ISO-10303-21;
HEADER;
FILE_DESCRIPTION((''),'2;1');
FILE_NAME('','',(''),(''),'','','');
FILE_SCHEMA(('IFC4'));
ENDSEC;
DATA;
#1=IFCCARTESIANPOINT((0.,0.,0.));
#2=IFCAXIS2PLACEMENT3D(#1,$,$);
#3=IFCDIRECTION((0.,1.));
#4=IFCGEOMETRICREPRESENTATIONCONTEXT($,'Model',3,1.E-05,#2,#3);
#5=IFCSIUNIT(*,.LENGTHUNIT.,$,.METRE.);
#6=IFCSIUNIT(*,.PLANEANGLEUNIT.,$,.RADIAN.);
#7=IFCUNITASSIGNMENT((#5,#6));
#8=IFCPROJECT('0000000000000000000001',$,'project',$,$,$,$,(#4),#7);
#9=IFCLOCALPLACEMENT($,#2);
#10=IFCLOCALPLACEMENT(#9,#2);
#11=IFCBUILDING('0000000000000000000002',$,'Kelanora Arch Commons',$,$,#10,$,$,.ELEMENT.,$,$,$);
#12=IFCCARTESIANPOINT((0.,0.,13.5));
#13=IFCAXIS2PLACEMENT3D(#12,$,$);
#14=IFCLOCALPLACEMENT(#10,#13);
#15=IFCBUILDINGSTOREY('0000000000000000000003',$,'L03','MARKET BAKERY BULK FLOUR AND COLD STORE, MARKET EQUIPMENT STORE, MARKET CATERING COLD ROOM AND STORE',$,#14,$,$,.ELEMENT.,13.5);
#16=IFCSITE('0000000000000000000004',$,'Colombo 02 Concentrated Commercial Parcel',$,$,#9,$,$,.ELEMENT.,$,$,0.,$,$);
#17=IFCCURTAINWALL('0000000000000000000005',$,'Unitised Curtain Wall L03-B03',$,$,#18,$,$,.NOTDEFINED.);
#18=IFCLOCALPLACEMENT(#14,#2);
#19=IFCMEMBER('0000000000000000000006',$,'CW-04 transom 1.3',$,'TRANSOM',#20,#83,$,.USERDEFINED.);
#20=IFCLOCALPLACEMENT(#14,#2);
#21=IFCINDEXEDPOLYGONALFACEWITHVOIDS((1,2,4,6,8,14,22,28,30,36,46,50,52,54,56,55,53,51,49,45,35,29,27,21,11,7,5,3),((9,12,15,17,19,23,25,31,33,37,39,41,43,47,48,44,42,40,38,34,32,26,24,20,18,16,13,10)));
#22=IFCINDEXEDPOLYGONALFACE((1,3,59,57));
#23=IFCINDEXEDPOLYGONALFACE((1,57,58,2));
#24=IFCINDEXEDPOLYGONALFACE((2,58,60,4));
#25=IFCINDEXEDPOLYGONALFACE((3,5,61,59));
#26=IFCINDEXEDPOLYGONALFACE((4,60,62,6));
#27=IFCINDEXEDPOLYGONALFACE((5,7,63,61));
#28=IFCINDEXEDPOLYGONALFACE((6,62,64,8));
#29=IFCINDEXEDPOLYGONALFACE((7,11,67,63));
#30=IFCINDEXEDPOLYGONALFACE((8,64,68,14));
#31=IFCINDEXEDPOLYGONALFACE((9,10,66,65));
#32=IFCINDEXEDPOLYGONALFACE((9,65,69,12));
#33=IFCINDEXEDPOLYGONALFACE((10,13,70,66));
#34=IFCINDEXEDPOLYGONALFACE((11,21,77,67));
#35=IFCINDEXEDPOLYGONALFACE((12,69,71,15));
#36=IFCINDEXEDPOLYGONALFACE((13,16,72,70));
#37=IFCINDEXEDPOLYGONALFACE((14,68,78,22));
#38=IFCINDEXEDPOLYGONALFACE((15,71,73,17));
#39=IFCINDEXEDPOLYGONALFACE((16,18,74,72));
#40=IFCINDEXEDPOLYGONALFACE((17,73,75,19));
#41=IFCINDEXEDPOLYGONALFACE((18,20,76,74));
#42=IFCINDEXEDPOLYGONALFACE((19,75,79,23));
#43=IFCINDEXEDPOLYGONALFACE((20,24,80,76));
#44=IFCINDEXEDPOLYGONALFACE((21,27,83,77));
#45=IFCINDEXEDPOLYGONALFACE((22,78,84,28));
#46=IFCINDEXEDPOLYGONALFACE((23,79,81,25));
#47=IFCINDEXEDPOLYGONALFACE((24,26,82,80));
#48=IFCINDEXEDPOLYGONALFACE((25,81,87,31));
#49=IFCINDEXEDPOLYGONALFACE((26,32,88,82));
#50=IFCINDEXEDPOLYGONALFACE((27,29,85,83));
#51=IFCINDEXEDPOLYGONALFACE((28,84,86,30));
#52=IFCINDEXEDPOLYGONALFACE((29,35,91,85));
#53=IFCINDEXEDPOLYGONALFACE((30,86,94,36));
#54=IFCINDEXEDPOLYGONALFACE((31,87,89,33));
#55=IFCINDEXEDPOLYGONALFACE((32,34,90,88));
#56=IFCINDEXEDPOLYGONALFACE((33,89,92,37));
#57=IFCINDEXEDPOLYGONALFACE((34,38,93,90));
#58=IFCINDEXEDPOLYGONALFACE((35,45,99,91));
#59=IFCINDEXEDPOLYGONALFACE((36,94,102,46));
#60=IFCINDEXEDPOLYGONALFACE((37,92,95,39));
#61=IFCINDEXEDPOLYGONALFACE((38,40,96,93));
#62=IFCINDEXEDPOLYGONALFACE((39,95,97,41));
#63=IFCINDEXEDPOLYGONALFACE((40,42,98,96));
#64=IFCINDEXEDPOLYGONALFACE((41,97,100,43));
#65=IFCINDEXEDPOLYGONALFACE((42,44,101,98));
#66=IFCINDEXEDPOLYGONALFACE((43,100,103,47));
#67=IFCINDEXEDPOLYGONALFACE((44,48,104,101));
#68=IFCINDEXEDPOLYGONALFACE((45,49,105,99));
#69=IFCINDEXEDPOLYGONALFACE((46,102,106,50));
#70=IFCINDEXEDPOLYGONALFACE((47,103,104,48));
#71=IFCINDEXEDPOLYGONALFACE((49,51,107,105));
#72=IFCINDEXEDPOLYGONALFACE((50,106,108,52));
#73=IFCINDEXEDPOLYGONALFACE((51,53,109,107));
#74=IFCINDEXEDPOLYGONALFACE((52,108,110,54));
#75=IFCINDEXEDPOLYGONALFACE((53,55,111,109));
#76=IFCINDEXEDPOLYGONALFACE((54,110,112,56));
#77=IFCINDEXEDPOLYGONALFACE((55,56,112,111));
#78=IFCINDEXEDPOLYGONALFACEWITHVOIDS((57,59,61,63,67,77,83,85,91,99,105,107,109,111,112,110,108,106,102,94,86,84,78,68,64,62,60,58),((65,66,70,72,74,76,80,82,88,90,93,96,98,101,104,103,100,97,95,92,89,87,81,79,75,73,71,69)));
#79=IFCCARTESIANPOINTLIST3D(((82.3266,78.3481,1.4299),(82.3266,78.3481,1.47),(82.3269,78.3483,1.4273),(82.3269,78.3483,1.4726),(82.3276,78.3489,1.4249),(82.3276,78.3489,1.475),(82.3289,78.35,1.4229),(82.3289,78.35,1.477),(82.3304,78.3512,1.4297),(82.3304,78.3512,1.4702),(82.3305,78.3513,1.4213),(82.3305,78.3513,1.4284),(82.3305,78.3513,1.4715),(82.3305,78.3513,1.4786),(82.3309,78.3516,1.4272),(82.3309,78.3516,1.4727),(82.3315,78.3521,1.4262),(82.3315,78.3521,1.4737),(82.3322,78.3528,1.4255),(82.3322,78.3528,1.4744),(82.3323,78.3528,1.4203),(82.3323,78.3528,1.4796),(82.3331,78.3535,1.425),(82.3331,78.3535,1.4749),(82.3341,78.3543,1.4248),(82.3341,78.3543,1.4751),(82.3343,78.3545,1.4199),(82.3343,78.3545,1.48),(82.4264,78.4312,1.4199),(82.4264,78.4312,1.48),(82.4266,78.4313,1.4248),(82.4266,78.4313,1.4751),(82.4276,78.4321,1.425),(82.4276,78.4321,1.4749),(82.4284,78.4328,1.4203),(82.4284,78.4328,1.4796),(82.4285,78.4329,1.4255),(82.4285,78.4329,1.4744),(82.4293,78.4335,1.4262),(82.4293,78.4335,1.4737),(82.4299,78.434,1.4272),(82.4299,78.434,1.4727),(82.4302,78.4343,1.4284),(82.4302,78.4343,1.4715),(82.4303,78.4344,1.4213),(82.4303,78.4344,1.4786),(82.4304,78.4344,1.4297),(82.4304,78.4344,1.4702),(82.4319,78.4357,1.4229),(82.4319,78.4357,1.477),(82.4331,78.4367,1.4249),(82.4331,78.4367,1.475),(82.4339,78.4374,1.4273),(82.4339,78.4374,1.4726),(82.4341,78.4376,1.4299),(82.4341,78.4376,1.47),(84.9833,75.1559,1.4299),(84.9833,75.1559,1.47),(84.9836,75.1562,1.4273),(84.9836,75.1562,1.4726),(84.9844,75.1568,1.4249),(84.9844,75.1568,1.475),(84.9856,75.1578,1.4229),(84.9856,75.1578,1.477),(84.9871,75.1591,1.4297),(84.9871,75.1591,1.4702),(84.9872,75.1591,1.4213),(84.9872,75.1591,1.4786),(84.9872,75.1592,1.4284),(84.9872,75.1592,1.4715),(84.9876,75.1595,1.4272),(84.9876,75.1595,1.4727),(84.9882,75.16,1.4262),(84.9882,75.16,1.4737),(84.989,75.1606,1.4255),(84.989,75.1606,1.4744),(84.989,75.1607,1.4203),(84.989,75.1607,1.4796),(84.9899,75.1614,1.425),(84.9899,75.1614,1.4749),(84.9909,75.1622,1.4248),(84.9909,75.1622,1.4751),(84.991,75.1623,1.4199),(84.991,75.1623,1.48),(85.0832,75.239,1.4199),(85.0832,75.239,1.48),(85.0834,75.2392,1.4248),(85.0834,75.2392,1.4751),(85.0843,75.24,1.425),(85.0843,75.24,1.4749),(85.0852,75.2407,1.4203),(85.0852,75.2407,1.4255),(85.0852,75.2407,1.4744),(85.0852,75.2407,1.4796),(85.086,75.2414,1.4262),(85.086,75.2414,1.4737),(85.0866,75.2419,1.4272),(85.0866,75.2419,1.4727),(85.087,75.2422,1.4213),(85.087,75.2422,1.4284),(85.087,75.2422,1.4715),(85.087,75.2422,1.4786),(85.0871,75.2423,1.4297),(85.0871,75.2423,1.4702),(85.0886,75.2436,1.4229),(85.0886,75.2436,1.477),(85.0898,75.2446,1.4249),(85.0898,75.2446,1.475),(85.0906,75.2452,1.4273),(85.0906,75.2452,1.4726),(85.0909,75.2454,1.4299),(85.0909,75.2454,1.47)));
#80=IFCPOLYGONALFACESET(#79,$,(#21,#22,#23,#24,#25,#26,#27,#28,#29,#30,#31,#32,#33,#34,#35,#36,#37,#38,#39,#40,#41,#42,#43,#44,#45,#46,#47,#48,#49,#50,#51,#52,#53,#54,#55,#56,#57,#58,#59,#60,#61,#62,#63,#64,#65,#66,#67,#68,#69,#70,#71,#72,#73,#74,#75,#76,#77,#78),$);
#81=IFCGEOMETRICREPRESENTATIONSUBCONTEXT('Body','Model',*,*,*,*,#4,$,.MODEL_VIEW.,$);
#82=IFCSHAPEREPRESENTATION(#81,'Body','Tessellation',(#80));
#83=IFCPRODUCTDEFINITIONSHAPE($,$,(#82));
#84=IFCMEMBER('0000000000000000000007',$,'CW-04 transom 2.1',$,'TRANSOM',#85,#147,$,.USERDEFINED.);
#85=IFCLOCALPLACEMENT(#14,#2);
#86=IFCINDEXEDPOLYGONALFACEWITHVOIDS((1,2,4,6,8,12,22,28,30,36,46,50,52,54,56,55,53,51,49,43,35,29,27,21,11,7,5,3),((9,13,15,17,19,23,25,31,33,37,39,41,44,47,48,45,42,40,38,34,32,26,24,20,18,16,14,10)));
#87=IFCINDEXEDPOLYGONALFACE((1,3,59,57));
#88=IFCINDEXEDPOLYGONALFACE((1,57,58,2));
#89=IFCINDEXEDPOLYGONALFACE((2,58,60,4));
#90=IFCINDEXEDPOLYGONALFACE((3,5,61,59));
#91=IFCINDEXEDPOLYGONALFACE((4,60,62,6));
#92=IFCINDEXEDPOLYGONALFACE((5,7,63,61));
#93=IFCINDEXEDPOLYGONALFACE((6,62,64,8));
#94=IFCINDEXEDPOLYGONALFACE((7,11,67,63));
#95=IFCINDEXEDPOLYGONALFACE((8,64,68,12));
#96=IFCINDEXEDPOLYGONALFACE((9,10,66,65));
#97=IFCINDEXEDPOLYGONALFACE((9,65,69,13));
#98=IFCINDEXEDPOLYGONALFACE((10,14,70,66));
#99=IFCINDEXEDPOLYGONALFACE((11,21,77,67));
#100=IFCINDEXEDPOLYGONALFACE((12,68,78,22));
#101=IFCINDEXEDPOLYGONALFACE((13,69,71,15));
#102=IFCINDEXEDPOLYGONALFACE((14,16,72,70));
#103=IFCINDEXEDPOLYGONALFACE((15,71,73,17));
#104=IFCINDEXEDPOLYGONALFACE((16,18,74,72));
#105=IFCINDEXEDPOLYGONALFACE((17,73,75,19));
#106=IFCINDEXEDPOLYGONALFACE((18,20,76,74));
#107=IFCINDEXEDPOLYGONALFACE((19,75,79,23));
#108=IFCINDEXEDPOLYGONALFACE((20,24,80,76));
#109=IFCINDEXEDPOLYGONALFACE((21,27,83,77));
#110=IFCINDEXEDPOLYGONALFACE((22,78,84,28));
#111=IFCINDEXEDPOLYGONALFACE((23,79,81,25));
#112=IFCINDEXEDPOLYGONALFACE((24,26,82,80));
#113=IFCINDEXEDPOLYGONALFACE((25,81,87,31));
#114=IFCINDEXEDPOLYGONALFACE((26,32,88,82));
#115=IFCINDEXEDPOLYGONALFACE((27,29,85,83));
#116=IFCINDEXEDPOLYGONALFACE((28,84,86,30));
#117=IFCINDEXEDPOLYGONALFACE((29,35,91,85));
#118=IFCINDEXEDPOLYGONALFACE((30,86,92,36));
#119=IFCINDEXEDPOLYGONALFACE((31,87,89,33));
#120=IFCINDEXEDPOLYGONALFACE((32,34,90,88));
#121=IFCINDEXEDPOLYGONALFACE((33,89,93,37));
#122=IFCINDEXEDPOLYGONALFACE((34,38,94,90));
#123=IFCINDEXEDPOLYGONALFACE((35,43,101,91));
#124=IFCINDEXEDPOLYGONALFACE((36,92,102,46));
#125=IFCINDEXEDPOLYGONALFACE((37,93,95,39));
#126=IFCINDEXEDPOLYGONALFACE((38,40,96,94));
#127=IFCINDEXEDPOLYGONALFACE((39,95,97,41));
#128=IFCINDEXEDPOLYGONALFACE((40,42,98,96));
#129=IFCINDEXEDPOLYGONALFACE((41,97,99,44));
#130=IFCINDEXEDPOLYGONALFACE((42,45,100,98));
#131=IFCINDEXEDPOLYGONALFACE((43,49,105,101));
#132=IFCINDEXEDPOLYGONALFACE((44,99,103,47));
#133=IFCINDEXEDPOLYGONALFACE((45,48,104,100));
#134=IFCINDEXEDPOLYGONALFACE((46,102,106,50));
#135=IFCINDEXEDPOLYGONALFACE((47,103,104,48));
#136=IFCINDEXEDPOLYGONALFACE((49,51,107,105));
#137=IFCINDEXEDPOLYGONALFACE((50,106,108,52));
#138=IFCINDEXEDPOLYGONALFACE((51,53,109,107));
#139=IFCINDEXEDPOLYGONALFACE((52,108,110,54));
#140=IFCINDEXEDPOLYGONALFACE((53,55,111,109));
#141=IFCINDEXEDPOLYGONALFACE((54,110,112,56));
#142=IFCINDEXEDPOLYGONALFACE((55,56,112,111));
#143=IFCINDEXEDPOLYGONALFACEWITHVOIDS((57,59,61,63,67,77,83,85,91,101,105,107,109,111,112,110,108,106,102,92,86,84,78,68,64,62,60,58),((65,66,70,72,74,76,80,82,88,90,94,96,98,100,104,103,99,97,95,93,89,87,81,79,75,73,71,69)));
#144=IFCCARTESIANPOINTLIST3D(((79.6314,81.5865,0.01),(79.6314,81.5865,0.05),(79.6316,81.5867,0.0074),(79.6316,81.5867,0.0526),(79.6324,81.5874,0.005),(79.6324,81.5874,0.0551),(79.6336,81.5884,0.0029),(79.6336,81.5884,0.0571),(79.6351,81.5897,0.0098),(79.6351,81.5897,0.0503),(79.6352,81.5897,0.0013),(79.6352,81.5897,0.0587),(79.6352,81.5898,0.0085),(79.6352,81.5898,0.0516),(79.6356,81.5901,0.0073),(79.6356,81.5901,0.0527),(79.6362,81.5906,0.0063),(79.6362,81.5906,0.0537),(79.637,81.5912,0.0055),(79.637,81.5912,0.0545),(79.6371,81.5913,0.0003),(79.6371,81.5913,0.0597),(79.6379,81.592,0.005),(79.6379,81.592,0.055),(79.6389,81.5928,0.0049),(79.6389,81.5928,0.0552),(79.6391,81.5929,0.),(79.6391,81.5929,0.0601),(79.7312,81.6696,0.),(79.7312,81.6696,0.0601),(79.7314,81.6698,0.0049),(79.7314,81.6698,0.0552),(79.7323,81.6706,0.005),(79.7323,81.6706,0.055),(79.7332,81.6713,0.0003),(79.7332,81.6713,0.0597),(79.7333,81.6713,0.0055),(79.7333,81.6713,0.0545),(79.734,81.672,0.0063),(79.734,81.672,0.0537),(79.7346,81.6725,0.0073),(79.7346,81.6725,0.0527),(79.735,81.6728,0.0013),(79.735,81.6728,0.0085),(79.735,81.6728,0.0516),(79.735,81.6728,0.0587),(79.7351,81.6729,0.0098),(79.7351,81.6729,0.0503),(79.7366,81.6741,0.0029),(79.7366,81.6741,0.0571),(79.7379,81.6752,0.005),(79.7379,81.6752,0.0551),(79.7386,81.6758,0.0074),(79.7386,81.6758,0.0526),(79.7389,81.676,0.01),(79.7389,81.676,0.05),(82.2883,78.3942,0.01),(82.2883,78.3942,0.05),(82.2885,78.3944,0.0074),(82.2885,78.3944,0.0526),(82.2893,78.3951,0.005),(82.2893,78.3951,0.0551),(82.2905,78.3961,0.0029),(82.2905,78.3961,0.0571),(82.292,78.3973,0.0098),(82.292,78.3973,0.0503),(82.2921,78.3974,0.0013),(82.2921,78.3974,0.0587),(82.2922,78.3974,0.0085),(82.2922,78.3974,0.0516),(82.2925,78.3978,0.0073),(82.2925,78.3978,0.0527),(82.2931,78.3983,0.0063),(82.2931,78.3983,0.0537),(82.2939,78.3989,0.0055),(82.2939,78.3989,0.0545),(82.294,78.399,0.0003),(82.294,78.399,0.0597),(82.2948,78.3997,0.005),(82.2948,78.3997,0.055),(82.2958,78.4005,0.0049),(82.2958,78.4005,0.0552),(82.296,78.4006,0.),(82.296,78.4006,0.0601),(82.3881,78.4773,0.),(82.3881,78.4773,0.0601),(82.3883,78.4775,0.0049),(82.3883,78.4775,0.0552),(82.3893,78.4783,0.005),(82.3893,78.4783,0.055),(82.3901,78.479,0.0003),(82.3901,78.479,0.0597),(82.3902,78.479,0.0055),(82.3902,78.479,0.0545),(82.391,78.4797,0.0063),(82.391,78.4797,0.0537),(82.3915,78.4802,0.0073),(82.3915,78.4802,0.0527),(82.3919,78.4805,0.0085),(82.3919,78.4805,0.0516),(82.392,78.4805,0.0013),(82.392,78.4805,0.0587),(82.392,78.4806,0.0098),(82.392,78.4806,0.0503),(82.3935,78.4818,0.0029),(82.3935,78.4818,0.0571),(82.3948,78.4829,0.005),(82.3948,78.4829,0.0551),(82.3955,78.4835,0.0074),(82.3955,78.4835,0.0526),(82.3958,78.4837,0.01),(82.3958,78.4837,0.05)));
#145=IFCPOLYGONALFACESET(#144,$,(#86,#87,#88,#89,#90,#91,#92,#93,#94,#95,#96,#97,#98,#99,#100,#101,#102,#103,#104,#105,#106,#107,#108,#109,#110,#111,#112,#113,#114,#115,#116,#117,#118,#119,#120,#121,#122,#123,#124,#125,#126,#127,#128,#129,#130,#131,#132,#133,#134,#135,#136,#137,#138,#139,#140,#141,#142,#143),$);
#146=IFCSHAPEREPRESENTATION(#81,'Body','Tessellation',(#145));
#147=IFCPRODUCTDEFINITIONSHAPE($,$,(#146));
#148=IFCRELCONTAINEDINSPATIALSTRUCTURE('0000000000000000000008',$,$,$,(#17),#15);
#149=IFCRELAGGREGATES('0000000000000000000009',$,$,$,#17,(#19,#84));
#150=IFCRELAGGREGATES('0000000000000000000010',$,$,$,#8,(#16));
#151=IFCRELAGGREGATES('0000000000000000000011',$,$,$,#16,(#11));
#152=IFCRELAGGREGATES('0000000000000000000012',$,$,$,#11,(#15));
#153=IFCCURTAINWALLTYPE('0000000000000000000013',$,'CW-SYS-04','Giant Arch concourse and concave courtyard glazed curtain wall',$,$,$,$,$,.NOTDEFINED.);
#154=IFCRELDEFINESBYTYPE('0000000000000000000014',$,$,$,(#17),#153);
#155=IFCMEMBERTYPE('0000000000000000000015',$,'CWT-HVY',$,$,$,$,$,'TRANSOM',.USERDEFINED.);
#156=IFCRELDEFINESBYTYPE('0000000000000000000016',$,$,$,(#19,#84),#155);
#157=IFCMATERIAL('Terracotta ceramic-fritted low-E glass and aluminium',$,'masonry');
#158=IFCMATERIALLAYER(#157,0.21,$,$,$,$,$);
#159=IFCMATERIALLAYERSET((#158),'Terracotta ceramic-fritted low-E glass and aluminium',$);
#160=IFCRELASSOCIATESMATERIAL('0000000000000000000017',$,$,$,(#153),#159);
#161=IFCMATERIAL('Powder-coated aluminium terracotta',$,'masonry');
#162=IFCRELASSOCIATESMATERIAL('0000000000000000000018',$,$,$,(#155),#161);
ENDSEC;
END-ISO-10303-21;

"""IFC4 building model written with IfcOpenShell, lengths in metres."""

from ifc_helpers import new_model, si_unit, direction, frame, origin, origin_2d, place, context, subcontext, project, spatial, hollow_rectangle, extrude, material, layer, layer_set, material_profile, profile_set, type_object, element, aggregate, save


model = new_model("IFC4")

# Units and contexts
model_context = context("Model", 3, precision=1e-05, world=origin(), true_north=direction((0.0, 1.0)))
body_context = subcontext(model_context, "Body", "Model", "MODEL_VIEW")
ifc_project = project(units=[si_unit("LENGTHUNIT", "METRE"), si_unit("PLANEANGLEUNIT", "RADIAN")], contexts=[model_context])

# Site, building, storey
site_placement = place(None, origin())
site = spatial("IfcSite", under=ifc_project, at=site_placement, Name="Colombo 02 Concentrated Commercial Parcel", CompositionType="ELEMENT", RefElevation=0.0)
building_placement = place(site_placement, origin())
building = spatial("IfcBuilding", under=site, at=building_placement, Name="Kelanora Arch Commons", CompositionType="ELEMENT")
storey_placement = place(building_placement, frame((0.0, 0.0, 13.5)))
storey = spatial("IfcBuildingStorey", under=building, at=storey_placement, Name="L03", Description="MARKET BAKERY BULK FLOUR AND COLD STORE, MARKET EQUIPMENT STORE, MARKET CATERING COLD ROOM AND STORE", CompositionType="ELEMENT", Elevation=13.5)

# Curtain wall
ifc_material_1 = material(Name="Terracotta ceramic-fritted low-E glass and aluminium", Category="masonry")
ifc_layer_1 = layer(ifc_material_1, 0.21)
ifc_layer_set_1 = layer_set([ifc_layer_1], Name="Terracotta ceramic-fritted low-E glass and aluminium")
curtain_wall_type = type_object("IfcCurtainWallType", Name="CW-SYS-04", Description="Giant Arch concourse and concave courtyard glazed curtain wall", PredefinedType="NOTDEFINED", material=ifc_layer_set_1)
ifc_material_2 = material(Name="Powder-coated aluminium terracotta", Category="masonry")
curtain_wall_1_placement = place(storey_placement, origin())
curtain_wall_1 = element("IfcCurtainWall", 1, at=curtain_wall_1_placement, inside=storey, type_object=curtain_wall_type, Name="Unitised Curtain Wall L03-B03", PredefinedType="NOTDEFINED")

# Members
ifc_material_profile_1 = material_profile(ifc_material_2, hollow_rectangle(XDim=0.1399, YDim=0.0601, WallThickness=0.0049, InnerFilletRadius=0.0049, OuterFilletRadius=0.01, at=origin_2d()), Name="CWT140x60")
ifc_profile_set_1 = profile_set([ifc_material_profile_1], Name="Powder-coated aluminium terracotta")
member_type_1 = type_object("IfcMemberType", Name="CWT-HVY", ElementType="TRANSOM", PredefinedType="USERDEFINED", material=ifc_profile_set_1)
member_1_placement = place(storey_placement, frame((85.0371, 75.2007, 1.45), z_axis=(-0.639704, 0.768621, 0.0), x_axis=(-0.768621, -0.639704, 0.0)))
member_1 = element("IfcMember", 2, at=member_1_placement, type_object=member_type_1, Name="CW-04 transom 1.3", ObjectType="TRANSOM", PredefinedType="USERDEFINED", context=body_context, shape_type="SweptSolid", body=[
    extrude(hollow_rectangle(XDim=0.1399, YDim=0.0601, WallThickness=0.0049, InnerFilletRadius=0.0049, OuterFilletRadius=0.01, at=origin_2d()), origin(), (0.0, 0.0, 1.0), 4.1531),
])
member_2_placement = place(storey_placement, frame((82.342, 78.439, 0.03), z_axis=(-0.63971, 0.768616, 0.0), x_axis=(-0.768616, -0.63971, 0.0)))
member_2 = element("IfcMember", 3, at=member_2_placement, type_object=member_type_1, Name="CW-04 transom 2.1", ObjectType="TRANSOM", PredefinedType="USERDEFINED", context=body_context, shape_type="SweptSolid", body=[
    extrude(hollow_rectangle(XDim=0.1399, YDim=0.0601, WallThickness=0.0049, InnerFilletRadius=0.0049, OuterFilletRadius=0.01, at=origin_2d()), origin(), (0.0, 0.0, 1.0), 4.1533),
])

aggregate(curtain_wall_1, [member_1, member_2])

save(model, "model.ifc")
